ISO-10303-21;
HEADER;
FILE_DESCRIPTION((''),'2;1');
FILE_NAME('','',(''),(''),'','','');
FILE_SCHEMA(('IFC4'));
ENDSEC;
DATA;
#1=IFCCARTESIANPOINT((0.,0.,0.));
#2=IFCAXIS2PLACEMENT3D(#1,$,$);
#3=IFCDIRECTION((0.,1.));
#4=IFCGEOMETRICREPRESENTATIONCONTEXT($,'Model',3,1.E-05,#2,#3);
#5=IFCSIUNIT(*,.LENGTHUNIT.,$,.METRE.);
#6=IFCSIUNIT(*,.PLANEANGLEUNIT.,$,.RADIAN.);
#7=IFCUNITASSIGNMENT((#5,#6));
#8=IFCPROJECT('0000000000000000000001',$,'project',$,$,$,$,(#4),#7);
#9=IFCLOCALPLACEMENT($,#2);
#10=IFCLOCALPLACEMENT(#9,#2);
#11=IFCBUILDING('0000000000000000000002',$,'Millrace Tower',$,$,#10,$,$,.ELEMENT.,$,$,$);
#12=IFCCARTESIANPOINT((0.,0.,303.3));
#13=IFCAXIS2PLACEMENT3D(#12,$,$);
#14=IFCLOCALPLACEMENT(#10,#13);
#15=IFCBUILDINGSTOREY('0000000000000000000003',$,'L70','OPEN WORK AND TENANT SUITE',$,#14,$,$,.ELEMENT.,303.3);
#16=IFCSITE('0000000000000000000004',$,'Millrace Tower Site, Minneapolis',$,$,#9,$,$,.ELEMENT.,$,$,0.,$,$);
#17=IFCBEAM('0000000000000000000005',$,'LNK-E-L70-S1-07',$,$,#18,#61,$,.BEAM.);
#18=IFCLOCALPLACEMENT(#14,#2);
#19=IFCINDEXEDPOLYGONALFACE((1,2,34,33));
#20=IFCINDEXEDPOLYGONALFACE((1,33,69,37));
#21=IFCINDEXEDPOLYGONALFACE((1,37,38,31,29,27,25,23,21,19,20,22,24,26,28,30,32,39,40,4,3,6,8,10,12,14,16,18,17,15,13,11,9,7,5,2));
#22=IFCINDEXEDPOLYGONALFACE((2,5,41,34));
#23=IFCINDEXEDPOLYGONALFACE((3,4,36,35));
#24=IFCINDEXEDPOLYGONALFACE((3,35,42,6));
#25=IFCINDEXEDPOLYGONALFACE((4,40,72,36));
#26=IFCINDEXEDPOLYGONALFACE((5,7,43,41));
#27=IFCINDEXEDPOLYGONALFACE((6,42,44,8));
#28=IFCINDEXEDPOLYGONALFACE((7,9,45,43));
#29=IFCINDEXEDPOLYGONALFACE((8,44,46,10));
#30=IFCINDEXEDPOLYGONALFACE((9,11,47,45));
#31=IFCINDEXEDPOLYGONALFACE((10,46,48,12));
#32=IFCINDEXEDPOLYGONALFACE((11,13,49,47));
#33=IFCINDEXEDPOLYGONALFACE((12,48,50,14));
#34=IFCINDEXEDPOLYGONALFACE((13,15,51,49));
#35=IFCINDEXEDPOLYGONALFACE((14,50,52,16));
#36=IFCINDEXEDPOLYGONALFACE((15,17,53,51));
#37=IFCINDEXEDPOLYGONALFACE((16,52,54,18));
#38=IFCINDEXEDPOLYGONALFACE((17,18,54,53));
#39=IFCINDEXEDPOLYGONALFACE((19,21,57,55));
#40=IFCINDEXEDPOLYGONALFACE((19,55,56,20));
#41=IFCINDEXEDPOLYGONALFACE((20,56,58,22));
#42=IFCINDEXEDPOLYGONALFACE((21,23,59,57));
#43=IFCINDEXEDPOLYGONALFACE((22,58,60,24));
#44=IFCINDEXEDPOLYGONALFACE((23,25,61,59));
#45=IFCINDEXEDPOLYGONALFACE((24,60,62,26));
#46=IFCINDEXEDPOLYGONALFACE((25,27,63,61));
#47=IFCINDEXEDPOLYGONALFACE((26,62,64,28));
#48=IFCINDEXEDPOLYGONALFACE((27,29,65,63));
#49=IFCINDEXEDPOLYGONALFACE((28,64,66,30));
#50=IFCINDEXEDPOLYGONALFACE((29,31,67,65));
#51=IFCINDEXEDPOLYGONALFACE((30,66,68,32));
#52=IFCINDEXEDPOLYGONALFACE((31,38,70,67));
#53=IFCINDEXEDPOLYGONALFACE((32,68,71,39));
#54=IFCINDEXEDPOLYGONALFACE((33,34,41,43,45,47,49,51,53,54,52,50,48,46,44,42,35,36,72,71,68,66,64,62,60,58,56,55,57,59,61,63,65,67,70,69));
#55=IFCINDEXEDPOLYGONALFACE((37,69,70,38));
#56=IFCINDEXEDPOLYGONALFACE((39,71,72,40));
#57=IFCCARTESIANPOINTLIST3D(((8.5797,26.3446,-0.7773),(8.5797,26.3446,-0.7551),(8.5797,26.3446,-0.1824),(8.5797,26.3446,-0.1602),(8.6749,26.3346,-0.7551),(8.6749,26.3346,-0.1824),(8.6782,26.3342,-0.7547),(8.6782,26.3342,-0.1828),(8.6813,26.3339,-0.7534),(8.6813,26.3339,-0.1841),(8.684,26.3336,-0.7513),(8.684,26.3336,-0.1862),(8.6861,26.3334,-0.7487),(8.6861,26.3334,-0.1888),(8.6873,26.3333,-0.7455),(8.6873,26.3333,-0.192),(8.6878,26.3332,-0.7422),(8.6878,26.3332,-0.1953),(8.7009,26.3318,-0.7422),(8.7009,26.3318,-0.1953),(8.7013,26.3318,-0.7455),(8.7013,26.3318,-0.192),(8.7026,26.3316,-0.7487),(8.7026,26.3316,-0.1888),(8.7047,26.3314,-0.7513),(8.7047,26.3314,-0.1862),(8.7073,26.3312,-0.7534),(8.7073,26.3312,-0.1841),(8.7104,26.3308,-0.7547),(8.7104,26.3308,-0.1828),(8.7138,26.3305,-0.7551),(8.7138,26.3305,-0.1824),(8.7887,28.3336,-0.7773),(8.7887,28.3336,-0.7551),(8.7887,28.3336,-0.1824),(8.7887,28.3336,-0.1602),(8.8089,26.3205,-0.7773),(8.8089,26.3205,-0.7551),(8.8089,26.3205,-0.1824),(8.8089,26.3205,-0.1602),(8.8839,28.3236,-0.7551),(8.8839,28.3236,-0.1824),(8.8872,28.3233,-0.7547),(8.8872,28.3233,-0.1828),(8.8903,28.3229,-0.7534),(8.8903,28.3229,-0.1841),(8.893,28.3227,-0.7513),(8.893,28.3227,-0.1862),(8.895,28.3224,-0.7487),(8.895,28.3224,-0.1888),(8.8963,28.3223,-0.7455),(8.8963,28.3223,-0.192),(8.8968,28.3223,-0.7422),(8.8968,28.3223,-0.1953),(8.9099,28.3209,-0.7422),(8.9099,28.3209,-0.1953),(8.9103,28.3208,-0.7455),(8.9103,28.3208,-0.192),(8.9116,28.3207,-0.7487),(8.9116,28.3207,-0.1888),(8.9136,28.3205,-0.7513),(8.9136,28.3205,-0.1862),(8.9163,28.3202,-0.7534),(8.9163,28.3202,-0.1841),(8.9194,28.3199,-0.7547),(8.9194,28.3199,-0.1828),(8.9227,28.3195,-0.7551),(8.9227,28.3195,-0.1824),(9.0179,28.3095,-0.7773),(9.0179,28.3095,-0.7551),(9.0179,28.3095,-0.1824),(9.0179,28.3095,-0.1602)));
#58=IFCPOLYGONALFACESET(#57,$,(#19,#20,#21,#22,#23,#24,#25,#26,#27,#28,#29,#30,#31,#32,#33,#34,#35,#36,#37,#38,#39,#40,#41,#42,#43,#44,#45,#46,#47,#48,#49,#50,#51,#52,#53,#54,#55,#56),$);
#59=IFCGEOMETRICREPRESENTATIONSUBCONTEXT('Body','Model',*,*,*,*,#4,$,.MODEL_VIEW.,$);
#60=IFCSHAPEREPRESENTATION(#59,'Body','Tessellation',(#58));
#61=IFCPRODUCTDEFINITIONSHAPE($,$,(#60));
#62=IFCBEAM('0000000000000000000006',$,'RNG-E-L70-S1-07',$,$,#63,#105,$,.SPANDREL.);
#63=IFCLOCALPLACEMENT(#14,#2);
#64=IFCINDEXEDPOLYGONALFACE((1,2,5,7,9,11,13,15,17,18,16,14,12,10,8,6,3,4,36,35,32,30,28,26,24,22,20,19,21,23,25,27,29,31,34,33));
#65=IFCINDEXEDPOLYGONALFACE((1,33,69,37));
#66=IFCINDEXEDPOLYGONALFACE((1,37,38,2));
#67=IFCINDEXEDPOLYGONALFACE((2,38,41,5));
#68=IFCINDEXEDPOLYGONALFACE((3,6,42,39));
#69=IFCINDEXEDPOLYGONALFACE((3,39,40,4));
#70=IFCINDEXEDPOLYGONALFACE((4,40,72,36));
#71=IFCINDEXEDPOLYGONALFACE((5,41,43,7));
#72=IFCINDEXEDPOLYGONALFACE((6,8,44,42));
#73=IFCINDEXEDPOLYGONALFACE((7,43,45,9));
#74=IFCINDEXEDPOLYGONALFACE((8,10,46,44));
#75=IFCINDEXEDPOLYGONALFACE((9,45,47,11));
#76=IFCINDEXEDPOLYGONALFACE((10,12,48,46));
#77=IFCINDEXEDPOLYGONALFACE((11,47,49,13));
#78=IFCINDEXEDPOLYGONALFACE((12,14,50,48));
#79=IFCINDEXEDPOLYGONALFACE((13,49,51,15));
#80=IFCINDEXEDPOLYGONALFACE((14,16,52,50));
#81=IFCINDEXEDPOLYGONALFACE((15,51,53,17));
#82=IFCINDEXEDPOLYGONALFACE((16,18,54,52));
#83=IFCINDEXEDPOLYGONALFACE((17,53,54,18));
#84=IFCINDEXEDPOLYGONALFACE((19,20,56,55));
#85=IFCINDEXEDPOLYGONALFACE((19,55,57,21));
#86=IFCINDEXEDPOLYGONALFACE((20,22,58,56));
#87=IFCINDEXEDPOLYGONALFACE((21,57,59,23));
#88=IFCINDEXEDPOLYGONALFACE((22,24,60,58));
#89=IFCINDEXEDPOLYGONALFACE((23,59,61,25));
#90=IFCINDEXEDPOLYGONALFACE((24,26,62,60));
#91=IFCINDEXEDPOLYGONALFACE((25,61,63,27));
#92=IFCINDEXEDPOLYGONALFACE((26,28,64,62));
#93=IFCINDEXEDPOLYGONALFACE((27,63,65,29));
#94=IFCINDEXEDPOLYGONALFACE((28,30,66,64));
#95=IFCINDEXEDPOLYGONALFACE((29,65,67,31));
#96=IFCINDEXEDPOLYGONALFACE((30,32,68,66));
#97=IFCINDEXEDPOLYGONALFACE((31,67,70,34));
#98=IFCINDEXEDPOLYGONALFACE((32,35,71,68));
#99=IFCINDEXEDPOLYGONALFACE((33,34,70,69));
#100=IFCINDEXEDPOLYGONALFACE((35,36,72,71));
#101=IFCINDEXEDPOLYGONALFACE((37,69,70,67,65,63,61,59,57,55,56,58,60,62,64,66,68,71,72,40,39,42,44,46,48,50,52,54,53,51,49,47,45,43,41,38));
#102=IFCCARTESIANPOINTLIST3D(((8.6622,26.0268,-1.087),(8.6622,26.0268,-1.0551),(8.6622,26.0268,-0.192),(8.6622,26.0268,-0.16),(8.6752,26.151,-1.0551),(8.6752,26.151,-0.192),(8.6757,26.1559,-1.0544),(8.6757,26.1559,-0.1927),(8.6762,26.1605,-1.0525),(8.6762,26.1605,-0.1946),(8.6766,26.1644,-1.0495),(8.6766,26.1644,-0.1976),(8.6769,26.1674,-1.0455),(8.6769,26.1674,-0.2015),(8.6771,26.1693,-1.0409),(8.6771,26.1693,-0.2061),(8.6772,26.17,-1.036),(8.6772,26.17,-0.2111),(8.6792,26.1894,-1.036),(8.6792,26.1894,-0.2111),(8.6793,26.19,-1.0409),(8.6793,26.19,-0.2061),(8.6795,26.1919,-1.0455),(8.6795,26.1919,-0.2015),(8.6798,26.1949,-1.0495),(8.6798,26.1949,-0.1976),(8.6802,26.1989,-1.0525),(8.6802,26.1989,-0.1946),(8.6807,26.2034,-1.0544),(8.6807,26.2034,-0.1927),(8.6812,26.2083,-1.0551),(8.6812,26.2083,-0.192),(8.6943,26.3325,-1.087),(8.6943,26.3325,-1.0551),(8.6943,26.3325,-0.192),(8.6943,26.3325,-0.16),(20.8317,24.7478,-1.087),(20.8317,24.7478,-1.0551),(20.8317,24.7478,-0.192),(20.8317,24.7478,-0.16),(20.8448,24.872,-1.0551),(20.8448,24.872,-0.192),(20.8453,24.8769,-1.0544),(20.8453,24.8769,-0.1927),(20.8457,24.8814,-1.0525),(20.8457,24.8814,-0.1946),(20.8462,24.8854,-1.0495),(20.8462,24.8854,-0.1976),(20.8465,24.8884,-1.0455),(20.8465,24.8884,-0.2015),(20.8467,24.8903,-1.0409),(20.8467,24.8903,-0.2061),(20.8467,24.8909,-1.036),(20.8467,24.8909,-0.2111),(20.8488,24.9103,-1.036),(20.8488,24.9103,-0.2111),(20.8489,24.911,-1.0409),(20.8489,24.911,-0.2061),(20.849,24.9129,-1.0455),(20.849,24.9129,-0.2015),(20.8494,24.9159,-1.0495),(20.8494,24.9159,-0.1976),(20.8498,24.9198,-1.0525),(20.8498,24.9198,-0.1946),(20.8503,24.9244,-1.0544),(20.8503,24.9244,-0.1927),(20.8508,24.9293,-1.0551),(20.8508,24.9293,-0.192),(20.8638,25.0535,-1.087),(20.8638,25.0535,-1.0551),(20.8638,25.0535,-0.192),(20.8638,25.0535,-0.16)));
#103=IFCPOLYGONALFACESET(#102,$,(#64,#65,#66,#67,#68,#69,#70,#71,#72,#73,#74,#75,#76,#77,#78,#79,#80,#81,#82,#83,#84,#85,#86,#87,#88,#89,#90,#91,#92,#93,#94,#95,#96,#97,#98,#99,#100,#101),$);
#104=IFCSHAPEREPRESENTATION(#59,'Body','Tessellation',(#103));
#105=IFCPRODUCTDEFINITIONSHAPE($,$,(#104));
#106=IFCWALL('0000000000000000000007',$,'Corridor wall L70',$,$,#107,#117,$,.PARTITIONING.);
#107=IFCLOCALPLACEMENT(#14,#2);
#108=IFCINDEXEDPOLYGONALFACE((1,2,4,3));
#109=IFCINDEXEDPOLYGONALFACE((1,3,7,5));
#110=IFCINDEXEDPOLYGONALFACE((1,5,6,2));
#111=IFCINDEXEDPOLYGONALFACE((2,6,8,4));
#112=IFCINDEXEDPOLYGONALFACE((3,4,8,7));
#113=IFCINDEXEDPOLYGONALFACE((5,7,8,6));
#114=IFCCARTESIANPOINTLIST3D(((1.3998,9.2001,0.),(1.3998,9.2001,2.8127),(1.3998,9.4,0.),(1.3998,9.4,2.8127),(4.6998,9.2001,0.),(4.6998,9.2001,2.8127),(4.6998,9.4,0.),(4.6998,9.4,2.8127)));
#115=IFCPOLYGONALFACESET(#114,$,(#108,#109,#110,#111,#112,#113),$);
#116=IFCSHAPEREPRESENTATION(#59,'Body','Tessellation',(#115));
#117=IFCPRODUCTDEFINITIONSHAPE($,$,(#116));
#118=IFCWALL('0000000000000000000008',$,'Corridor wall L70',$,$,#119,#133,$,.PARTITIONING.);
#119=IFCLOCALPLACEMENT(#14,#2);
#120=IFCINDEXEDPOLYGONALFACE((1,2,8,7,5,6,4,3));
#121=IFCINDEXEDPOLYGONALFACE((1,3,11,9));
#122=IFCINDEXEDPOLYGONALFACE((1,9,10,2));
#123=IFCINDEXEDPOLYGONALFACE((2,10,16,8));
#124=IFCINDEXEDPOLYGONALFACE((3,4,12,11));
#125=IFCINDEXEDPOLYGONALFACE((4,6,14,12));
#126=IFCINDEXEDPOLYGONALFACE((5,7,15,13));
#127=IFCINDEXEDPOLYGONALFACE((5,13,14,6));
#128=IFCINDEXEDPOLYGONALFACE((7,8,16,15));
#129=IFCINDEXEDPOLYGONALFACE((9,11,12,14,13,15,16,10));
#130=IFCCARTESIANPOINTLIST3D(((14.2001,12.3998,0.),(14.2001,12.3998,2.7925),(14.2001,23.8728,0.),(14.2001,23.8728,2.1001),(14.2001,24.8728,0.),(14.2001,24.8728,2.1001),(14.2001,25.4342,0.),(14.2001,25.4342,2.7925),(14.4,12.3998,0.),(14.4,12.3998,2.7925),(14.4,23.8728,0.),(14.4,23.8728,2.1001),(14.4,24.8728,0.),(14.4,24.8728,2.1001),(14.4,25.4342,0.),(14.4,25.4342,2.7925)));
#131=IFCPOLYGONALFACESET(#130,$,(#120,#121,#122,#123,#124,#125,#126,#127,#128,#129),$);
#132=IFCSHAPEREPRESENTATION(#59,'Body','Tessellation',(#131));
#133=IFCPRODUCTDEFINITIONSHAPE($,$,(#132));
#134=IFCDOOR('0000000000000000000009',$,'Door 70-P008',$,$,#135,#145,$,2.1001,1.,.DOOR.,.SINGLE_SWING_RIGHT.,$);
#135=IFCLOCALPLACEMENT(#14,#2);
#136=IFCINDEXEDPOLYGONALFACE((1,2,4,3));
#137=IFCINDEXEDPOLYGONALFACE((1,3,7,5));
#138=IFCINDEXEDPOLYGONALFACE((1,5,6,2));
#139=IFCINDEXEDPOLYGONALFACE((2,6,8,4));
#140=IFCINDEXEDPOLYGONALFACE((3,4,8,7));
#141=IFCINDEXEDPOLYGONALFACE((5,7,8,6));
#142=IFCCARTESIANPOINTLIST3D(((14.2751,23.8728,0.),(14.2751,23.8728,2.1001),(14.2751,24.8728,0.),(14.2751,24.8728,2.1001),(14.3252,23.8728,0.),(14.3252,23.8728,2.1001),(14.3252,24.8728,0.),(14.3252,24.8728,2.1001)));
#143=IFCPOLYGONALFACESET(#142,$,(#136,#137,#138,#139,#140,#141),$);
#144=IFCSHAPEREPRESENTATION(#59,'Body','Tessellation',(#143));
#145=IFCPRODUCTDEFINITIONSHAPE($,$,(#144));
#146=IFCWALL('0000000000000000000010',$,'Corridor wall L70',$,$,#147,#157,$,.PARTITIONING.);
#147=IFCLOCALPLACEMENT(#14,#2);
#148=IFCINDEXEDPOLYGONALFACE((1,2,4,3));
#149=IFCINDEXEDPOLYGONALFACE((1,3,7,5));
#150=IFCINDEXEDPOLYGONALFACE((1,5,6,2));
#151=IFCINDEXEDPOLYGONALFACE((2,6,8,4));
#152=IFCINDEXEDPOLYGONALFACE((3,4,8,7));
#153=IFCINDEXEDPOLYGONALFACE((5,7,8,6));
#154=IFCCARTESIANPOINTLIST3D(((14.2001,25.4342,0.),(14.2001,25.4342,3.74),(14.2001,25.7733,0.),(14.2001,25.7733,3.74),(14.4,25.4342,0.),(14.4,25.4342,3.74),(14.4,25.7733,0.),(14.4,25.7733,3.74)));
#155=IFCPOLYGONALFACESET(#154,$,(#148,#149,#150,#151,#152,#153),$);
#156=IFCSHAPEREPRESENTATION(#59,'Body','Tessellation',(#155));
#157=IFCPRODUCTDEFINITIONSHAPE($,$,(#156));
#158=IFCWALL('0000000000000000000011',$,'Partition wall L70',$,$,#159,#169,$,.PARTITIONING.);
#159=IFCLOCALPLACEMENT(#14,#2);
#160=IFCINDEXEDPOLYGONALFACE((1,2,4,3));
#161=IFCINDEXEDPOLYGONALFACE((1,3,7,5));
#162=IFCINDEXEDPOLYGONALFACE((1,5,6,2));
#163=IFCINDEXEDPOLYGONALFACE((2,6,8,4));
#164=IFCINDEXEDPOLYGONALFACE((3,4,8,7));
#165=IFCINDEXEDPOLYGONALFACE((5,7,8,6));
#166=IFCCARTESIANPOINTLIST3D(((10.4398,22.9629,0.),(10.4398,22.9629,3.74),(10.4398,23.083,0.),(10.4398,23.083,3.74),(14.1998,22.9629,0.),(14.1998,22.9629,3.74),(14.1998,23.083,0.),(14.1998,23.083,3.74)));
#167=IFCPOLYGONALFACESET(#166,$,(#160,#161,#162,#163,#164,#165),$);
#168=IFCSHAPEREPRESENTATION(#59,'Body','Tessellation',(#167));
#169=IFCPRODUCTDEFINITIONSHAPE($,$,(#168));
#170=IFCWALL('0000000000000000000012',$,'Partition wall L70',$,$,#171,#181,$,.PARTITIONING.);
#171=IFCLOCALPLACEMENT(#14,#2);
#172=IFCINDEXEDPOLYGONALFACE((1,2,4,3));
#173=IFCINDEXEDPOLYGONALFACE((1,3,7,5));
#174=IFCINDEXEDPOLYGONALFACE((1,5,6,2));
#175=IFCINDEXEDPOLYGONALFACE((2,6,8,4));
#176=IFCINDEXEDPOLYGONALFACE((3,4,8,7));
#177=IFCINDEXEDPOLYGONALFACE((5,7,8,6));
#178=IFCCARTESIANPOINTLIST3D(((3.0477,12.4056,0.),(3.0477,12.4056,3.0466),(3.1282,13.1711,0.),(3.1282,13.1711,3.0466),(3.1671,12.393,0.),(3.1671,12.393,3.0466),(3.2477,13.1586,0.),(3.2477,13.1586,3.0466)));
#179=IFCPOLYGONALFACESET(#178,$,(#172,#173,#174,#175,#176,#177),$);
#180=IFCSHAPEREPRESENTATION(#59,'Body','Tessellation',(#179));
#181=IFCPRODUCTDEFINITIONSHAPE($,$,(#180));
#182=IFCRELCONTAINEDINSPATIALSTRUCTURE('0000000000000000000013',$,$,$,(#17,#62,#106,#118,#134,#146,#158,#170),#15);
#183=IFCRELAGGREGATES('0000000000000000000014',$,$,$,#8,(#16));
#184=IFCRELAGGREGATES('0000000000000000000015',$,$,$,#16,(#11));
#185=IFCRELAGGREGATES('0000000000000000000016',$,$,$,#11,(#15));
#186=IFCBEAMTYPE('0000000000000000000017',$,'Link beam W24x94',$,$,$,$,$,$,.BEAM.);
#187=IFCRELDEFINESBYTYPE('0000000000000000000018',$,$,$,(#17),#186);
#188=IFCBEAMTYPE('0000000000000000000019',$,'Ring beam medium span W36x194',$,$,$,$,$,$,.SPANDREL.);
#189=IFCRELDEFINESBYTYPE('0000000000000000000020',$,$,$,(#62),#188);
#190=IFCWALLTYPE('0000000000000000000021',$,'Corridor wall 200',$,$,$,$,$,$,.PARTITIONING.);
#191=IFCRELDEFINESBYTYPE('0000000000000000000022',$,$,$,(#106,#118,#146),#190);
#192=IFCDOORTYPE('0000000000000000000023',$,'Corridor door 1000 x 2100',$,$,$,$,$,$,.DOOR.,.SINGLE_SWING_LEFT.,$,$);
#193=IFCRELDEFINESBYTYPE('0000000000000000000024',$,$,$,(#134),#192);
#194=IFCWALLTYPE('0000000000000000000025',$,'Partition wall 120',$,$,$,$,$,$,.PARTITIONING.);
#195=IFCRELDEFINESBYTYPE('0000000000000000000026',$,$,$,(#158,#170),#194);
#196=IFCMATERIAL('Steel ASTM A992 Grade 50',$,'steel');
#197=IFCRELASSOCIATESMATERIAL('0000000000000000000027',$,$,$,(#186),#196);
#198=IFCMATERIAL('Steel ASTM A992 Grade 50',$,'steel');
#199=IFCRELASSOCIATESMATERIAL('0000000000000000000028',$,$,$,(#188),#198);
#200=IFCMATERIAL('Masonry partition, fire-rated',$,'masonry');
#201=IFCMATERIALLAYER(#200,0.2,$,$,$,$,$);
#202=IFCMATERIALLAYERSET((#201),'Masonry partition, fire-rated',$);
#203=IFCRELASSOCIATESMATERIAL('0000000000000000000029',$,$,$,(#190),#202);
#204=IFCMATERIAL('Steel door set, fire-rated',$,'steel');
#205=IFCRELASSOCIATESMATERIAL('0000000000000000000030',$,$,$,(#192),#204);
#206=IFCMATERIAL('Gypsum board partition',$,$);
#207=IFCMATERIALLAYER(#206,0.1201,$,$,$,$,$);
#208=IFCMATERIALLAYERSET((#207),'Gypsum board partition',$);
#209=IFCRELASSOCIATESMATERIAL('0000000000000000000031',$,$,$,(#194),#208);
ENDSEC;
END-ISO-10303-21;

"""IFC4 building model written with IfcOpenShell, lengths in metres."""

from ifc_helpers import new_model, si_unit, direction, frame, frame_2d, origin, origin_2d, place, context, subcontext, project, spatial, rectangle, i_section, extrude, material, layer, layer_set, material_profile, profile_set, type_object, element, fill, save


model = new_model("IFC4")

# Units and contexts
model_context = context("Model", 3, precision=1e-05, world=origin(), true_north=direction((0.0, 1.0)))
body_context = subcontext(model_context, "Body", "Model", "MODEL_VIEW")
ifc_project = project(units=[si_unit("LENGTHUNIT", "METRE"), si_unit("PLANEANGLEUNIT", "RADIAN")], contexts=[model_context])

# Site, building, storey
site_placement = place(None, origin())
site = spatial("IfcSite", under=ifc_project, at=site_placement, Name="Millrace Tower Site, Minneapolis", CompositionType="ELEMENT", RefElevation=0.0)
building_placement = place(site_placement, origin())
building = spatial("IfcBuilding", under=site, at=building_placement, Name="Millrace Tower", CompositionType="ELEMENT")
storey_placement = place(building_placement, frame((0.0, 0.0, 303.3)))
storey = spatial("IfcBuildingStorey", under=building, at=storey_placement, Name="L70", Description="OPEN WORK AND TENANT SUITE", CompositionType="ELEMENT", Elevation=303.3)

# Beams
ifc_material_1 = material(Name="Steel ASTM A992 Grade 50", Category="steel")
ifc_material_profile_1 = material_profile(ifc_material_1, i_section(OverallWidth=0.2305, OverallDepth=0.6172, WebThickness=0.0132, FlangeThickness=0.0222, FilletRadius=0.0129, at=origin_2d()))
ifc_profile_set_1 = profile_set([ifc_material_profile_1], Name="Steel ASTM A992 Grade 50")
beam_type_1 = type_object("IfcBeamType", Name="Link beam W24x94", PredefinedType="BEAM", material=ifc_profile_set_1)
beam_1_placement = place(storey_placement, frame((8.6943, 26.3325, -0.4688), z_axis=(0.104494, 0.994526, 0.0), x_axis=(-0.994526, 0.104494, 0.0)))
element("IfcBeam", 1, at=beam_1_placement, inside=storey, type_object=beam_type_1, Name="LNK-E-L70-S1-07", PredefinedType="BEAM", context=body_context, shape_type="SweptSolid", body=[
    extrude(i_section(OverallWidth=0.2305, OverallDepth=0.6172, WebThickness=0.0132, FlangeThickness=0.0222, FilletRadius=0.0129, at=origin_2d()), origin(), (0.0, 0.0, 1.0), 2.0),
])
ifc_material_2 = material(Name="Steel ASTM A992 Grade 50", Category="steel")
ifc_material_profile_2 = material_profile(ifc_material_2, i_section(OverallWidth=0.3074, OverallDepth=0.927, WebThickness=0.0195, FlangeThickness=0.032, FilletRadius=0.019, at=origin_2d()))
ifc_profile_set_2 = profile_set([ifc_material_profile_2], Name="Steel ASTM A992 Grade 50")
beam_type_2 = type_object("IfcBeamType", Name="Ring beam medium span W36x194", PredefinedType="SPANDREL", material=ifc_profile_set_2)
beam_2_placement = place(storey_placement, frame((8.6782, 26.1797, -0.6235), z_axis=(0.994522, -0.104528, 0.0), x_axis=(0.104528, 0.994522, 0.0)))
element("IfcBeam", 2, at=beam_2_placement, inside=storey, type_object=beam_type_2, Name="RNG-E-L70-S1-07", PredefinedType="SPANDREL", context=body_context, shape_type="SweptSolid", body=[
    extrude(i_section(OverallWidth=0.3074, OverallDepth=0.927, WebThickness=0.0195, FlangeThickness=0.032, FilletRadius=0.019, at=origin_2d()), origin(), (0.0, 0.0, 1.0), 12.2366),
])

# Wall
ifc_material_3 = material(Name="Masonry partition, fire-rated", Category="masonry")
ifc_layer_1 = layer(ifc_material_3, 0.2)
ifc_layer_set_1 = layer_set([ifc_layer_1], Name="Masonry partition, fire-rated")
wall_type_1 = type_object("IfcWallType", Name="Corridor wall 200", PredefinedType="PARTITIONING", material=ifc_layer_set_1)
wall_1_placement = place(storey_placement, frame((1.3999, 9.3, 0.0), z_axis=(0.0, 0.0, 1.0), x_axis=(1.0, 0.0, 0.0)))
element("IfcWall", 3, at=wall_1_placement, inside=storey, type_object=wall_type_1, Name="Corridor wall L70", PredefinedType="PARTITIONING", context=body_context, shape_type="SweptSolid", body=[
    extrude(rectangle(XDim=3.3, YDim=0.2, at=frame_2d((1.6499, 0.0))), origin(), (0.0, 0.0, 1.0), 2.8127),
])

# Wall, opening, door
wall_2_placement = place(storey_placement, frame((14.3, 12.3999, 0.0), z_axis=(0.0, 0.0, 1.0), x_axis=(0.0, 1.0, 0.0)))
wall_2 = element("IfcWall", 4, at=wall_2_placement, inside=storey, type_object=wall_type_1, Name="Corridor wall L70", PredefinedType="PARTITIONING", context=body_context, shape_type="SweptSolid", body=[
    extrude(rectangle(XDim=13.0344, YDim=0.2, at=frame_2d((6.5171, 0.0))), origin(), (0.0, 0.0, 1.0), 2.7925),
])
opening_placement = place(wall_2_placement, frame((11.4729, 0.0, 0.0)))
opening = element("IfcOpeningElement", 5, at=opening_placement, cuts=wall_2, PredefinedType="OPENING", context=body_context, shape_type="SweptSolid", body=[
    extrude(rectangle(XDim=1.0, YDim=2.1001, at=frame_2d((0.5, 1.05))), frame((0.0, 0.1099, 0.0), z_axis=(0.0, -1.0, 0.0), x_axis=(1.0, 0.0, 0.0)), (0.0, 0.0, 1.0), 0.22),
])
ifc_material_4 = material(Name="Steel door set, fire-rated", Category="steel")
door_type = type_object("IfcDoorType", Name="Corridor door 1000 x 2100", OperationType="SINGLE_SWING_LEFT", PredefinedType="DOOR", material=ifc_material_4)
door_placement = place(opening_placement, origin())
door = element("IfcDoor", 6, at=door_placement, inside=storey, type_object=door_type, Name="Door 70-P008", OperationType="SINGLE_SWING_RIGHT", OverallHeight=2.1001, OverallWidth=1.0, PredefinedType="DOOR", context=body_context, shape_type="SweptSolid", body=[
    extrude(rectangle(XDim=1.0, YDim=2.1001, at=frame_2d((0.5, 1.05))), frame((0.0, 0.0249, 0.0), z_axis=(0.0, -1.0, 0.0), x_axis=(1.0, 0.0, 0.0)), (0.0, 0.0, 1.0), 0.05),
])
fill(opening, door)

# Walls
wall_3_placement = place(storey_placement, frame((14.3, 25.4343, 0.0), z_axis=(0.0, 0.0, 1.0), x_axis=(0.0, 1.0, 0.0)))
element("IfcWall", 7, at=wall_3_placement, inside=storey, type_object=wall_type_1, Name="Corridor wall L70", PredefinedType="PARTITIONING", context=body_context, shape_type="SweptSolid", body=[
    extrude(rectangle(XDim=0.3391, YDim=0.2, at=frame_2d((0.1694, 0.0))), origin(), (0.0, 0.0, 1.0), 3.74),
])
ifc_material_5 = material(Name="Gypsum board partition")
ifc_layer_2 = layer(ifc_material_5, 0.1201)
ifc_layer_set_2 = layer_set([ifc_layer_2], Name="Gypsum board partition")
wall_type_2 = type_object("IfcWallType", Name="Partition wall 120", PredefinedType="PARTITIONING", material=ifc_layer_set_2)
wall_4_placement = place(storey_placement, frame((10.4399, 23.0229, 0.0), z_axis=(0.0, 0.0, 1.0), x_axis=(1.0, 0.0, 0.0)))
element("IfcWall", 8, at=wall_4_placement, inside=storey, type_object=wall_type_2, Name="Partition wall L70", PredefinedType="PARTITIONING", context=body_context, shape_type="SweptSolid", body=[
    extrude(rectangle(XDim=3.76, YDim=0.1201, at=frame_2d((1.8799, 0.0))), origin(), (0.0, 0.0, 1.0), 3.74),
])
wall_5_placement = place(storey_placement, frame((3.1074, 12.3994, 0.0), z_axis=(0.0, 0.0, 1.0), x_axis=(0.104652, 0.994509, 0.0)))
element("IfcWall", 9, at=wall_5_placement, inside=storey, type_object=wall_type_2, Name="Partition wall L70", PredefinedType="PARTITIONING", context=body_context, shape_type="SweptSolid", body=[
    extrude(rectangle(XDim=0.7698, YDim=0.1201, at=frame_2d((0.3848, 0.0))), origin(), (0.0, 0.0, 1.0), 3.0466),
])

save(model, "model.ifc")
